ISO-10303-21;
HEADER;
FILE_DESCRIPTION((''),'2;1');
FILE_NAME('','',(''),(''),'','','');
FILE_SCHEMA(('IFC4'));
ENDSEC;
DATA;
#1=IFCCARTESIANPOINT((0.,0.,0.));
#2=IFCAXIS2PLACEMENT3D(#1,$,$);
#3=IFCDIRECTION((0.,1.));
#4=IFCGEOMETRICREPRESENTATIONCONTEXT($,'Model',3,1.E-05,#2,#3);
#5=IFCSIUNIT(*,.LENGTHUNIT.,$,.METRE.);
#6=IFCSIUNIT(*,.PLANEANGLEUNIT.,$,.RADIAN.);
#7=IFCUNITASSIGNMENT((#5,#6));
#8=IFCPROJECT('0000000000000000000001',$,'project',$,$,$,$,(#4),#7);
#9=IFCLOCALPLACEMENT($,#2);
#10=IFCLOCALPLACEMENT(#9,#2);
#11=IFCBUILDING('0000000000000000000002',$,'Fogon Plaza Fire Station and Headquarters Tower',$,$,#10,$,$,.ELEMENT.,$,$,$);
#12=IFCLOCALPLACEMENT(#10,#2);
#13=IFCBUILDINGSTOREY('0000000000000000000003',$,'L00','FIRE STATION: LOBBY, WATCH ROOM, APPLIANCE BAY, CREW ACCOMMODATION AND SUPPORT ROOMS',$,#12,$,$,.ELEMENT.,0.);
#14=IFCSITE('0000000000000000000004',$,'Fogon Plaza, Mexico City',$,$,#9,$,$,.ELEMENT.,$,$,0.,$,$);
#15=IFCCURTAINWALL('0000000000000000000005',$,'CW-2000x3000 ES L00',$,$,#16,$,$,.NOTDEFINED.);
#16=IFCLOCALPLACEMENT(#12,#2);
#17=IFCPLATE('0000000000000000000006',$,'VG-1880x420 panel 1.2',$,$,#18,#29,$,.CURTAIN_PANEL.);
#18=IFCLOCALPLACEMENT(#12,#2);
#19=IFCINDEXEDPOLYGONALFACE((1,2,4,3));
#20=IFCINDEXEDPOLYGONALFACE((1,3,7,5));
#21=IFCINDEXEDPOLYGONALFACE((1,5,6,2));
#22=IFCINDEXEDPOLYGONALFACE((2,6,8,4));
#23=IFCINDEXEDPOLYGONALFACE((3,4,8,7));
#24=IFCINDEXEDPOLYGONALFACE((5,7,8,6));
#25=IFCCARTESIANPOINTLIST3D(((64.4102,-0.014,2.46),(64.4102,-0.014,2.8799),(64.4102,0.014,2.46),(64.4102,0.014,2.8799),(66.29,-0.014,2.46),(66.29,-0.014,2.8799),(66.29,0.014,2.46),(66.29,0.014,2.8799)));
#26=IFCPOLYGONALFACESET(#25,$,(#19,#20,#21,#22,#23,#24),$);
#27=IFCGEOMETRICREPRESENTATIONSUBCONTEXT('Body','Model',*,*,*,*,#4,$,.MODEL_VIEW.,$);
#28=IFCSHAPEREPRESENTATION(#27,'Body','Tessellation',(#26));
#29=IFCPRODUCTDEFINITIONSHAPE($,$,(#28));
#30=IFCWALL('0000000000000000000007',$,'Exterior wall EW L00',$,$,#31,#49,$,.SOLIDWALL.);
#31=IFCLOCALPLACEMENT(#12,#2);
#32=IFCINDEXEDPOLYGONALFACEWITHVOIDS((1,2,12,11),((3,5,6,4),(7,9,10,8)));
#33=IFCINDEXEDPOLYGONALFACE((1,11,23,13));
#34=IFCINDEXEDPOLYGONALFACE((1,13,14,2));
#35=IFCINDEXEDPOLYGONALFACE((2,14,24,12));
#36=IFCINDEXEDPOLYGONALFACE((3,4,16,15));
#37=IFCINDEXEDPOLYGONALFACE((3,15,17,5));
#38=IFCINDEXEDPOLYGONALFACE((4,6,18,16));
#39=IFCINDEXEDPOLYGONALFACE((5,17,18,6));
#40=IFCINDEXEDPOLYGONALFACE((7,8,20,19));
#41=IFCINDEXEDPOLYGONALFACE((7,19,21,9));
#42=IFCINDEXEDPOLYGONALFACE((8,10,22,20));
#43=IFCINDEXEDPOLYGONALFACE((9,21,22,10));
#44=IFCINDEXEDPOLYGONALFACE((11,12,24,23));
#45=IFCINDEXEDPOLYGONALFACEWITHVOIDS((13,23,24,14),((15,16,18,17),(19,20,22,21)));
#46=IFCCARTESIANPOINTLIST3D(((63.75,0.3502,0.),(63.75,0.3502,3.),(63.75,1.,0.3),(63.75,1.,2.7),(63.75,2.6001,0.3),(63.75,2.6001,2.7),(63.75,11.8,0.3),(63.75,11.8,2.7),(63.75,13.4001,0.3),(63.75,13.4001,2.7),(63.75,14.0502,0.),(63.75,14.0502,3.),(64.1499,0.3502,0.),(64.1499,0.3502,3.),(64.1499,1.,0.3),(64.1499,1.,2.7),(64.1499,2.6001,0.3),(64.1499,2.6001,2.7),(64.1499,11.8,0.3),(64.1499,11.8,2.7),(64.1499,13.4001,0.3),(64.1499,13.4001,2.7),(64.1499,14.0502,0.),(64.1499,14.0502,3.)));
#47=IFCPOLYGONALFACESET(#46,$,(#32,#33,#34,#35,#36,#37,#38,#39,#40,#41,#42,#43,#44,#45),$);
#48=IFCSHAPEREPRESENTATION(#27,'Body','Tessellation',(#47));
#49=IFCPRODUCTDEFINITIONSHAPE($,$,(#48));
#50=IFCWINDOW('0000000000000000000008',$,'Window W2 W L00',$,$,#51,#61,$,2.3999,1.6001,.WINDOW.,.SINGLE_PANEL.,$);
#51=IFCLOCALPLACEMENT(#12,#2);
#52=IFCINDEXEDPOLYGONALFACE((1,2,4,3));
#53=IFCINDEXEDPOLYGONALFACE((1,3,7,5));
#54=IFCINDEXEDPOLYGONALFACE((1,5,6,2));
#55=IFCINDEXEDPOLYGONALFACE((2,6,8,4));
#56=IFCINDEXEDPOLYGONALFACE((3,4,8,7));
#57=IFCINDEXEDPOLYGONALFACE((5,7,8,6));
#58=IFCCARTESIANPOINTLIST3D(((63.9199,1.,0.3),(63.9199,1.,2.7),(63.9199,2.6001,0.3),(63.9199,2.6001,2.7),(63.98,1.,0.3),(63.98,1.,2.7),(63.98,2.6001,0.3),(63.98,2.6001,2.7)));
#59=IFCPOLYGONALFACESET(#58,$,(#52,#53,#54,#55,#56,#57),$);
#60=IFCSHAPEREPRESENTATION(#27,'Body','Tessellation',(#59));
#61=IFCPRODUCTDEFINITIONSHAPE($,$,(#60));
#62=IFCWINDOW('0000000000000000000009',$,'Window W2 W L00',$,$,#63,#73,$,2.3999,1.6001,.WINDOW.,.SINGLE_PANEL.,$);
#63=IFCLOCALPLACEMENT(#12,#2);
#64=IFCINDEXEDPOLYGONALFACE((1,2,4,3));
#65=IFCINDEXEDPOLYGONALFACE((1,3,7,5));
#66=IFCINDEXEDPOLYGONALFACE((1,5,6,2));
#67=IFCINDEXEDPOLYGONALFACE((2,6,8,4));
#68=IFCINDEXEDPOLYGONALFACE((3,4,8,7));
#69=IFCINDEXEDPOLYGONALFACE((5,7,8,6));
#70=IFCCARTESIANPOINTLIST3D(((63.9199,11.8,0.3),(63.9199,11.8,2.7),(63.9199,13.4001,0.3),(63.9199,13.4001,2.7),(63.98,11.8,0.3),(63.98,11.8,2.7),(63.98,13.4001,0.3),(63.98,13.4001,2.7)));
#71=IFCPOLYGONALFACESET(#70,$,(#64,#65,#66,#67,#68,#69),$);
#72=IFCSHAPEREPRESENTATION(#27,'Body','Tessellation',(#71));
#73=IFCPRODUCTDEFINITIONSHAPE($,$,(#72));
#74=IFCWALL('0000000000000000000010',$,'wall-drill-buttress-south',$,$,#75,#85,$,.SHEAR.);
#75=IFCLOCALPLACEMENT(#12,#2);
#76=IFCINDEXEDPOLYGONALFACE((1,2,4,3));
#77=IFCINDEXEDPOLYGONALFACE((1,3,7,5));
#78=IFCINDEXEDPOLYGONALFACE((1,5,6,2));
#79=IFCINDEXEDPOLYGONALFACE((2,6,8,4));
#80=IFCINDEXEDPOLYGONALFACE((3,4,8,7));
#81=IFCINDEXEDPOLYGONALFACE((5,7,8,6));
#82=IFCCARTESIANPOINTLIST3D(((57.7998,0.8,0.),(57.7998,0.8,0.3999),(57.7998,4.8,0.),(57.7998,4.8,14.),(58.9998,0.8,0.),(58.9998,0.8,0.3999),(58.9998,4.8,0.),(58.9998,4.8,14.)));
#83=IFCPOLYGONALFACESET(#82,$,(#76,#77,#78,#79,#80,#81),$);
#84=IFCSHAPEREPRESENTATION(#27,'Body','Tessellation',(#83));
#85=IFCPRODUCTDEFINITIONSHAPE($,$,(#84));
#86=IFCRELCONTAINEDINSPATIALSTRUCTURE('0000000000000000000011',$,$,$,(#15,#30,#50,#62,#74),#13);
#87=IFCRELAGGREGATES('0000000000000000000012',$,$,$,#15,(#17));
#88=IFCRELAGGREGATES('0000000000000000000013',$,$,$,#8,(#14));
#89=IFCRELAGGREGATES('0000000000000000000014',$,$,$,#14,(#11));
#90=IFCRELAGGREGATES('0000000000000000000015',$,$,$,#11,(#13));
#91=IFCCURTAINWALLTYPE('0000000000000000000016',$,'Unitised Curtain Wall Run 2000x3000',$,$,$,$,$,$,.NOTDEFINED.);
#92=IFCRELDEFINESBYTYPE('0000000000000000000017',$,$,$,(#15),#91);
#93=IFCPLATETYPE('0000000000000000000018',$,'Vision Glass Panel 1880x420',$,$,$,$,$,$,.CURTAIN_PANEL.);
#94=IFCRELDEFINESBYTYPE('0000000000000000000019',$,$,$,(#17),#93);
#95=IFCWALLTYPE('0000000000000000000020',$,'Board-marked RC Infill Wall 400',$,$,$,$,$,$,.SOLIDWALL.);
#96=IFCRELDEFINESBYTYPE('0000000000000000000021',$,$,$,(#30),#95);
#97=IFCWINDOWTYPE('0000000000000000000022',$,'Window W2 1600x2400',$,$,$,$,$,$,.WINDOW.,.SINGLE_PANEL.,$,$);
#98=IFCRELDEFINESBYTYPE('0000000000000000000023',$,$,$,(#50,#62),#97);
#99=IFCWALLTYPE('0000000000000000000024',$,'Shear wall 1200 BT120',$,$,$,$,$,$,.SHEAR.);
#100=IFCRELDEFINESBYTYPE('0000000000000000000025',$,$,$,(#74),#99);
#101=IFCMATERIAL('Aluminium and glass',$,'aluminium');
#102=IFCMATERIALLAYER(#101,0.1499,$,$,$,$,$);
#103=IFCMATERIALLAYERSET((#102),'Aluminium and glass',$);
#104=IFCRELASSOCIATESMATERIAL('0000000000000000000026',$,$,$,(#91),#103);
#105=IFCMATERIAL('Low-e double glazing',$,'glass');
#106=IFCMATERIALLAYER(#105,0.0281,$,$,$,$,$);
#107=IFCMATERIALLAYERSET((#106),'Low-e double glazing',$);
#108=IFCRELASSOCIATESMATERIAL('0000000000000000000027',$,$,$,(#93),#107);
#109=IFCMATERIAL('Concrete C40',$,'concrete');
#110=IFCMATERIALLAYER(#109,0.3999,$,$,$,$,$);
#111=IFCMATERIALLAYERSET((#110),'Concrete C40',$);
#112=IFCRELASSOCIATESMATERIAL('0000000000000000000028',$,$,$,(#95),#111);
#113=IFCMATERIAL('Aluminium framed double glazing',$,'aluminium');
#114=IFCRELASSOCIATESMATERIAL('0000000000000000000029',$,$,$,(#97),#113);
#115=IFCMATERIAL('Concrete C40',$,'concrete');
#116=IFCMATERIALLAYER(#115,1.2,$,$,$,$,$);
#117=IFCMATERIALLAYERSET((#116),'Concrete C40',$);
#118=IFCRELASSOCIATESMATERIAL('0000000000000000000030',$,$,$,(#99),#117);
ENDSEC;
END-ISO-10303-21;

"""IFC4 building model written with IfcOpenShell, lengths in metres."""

from ifc_helpers import new_model, si_unit, direction, frame, frame_2d, origin, origin_2d, place, context, subcontext, project, spatial, polyline, rectangle, outline, extrude, material, layer, layer_set, type_object, element, fill, aggregate, save


model = new_model("IFC4")

# Units and contexts
model_context = context("Model", 3, precision=1e-05, world=origin(), true_north=direction((0.0, 1.0)))
body_context = subcontext(model_context, "Body", "Model", "MODEL_VIEW")
ifc_project = project(units=[si_unit("LENGTHUNIT", "METRE"), si_unit("PLANEANGLEUNIT", "RADIAN")], contexts=[model_context])

# Site, building, storey
site_placement = place(None, origin())
site = spatial("IfcSite", under=ifc_project, at=site_placement, Name="Fogon Plaza, Mexico City", CompositionType="ELEMENT", RefElevation=0.0)
building_placement = place(site_placement, origin())
building = spatial("IfcBuilding", under=site, at=building_placement, Name="Fogon Plaza Fire Station and Headquarters Tower", CompositionType="ELEMENT")
storey_placement = place(building_placement, origin())
storey = spatial("IfcBuildingStorey", under=building, at=storey_placement, Name="L00", Description="FIRE STATION: LOBBY, WATCH ROOM, APPLIANCE BAY, CREW ACCOMMODATION AND SUPPORT ROOMS", CompositionType="ELEMENT", Elevation=0.0)

# Curtain wall
ifc_material_1 = material(Name="Aluminium and glass", Category="aluminium")
ifc_layer_1 = layer(ifc_material_1, 0.1499)
ifc_layer_set_1 = layer_set([ifc_layer_1], Name="Aluminium and glass")
curtain_wall_type_1 = type_object("IfcCurtainWallType", Name="Unitised Curtain Wall Run 2000x3000", PredefinedType="NOTDEFINED", material=ifc_layer_set_1)
curtain_wall_1_placement = place(storey_placement, origin())
curtain_wall_1 = element("IfcCurtainWall", 1, at=curtain_wall_1_placement, inside=storey, type_object=curtain_wall_type_1, Name="CW-2000x3000 ES L00", PredefinedType="NOTDEFINED")

# Plate
ifc_material_2 = material(Name="Low-e double glazing", Category="glass")
ifc_layer_2 = layer(ifc_material_2, 0.0281)
ifc_layer_set_2 = layer_set([ifc_layer_2], Name="Low-e double glazing")
plate_type_1 = type_object("IfcPlateType", Name="Vision Glass Panel 1880x420", PredefinedType="CURTAIN_PANEL", material=ifc_layer_set_2)
plate_1_placement = place(storey_placement, frame((65.3501, 0.0, 2.46), z_axis=(0.0, 0.0, 1.0), x_axis=(1.0, 0.0, 0.0)))
plate_1 = element("IfcPlate", 2, at=plate_1_placement, type_object=plate_type_1, Name="VG-1880x420 panel 1.2", PredefinedType="CURTAIN_PANEL", context=body_context, shape_type="SweptSolid", body=[
    extrude(rectangle(XDim=1.8799, YDim=0.0281, at=origin_2d()), origin(), (0.0, 0.0, 1.0), 0.4199),
])
aggregate(curtain_wall_1, [plate_1])

# Wall, openings, windows
ifc_material_3 = material(Name="Concrete C40", Category="concrete")
ifc_layer_3 = layer(ifc_material_3, 0.3999)
ifc_layer_set_3 = layer_set([ifc_layer_3], Name="Concrete C40")
wall_type_1 = type_object("IfcWallType", Name="Board-marked RC Infill Wall 400", PredefinedType="SOLIDWALL", material=ifc_layer_set_3)
wall_1_placement = place(storey_placement, frame((63.95, 0.3501, 0.0), z_axis=(0.0, 0.0, 1.0), x_axis=(0.0, 1.0, 0.0)))
wall_1 = element("IfcWall", 3, at=wall_1_placement, inside=storey, type_object=wall_type_1, Name="Exterior wall EW L00", PredefinedType="SOLIDWALL", context=body_context, shape_type="SweptSolid", body=[
    extrude(rectangle(XDim=13.7, YDim=0.3999, at=frame_2d((6.8501, 0.0))), origin(), (0.0, 0.0, 1.0), 3.0),
])
opening_1_placement = place(wall_1_placement, frame((0.6499, 0.0, 0.3)))
opening_1 = element("IfcOpeningElement", 4, at=opening_1_placement, cuts=wall_1, PredefinedType="OPENING", context=body_context, shape_type="SweptSolid", body=[
    extrude(rectangle(XDim=1.6001, YDim=2.3999, at=frame_2d((0.8, 1.2))), frame((0.0, 0.21, 0.0), z_axis=(0.0, -1.0, 0.0), x_axis=(1.0, 0.0, 0.0)), (0.0, 0.0, 1.0), 0.4199),
])
opening_2_placement = place(wall_1_placement, frame((11.45, 0.0, 0.3)))
opening_2 = element("IfcOpeningElement", 5, at=opening_2_placement, cuts=wall_1, PredefinedType="OPENING", context=body_context, shape_type="SweptSolid", body=[
    extrude(rectangle(XDim=1.6001, YDim=2.3999, at=frame_2d((0.8, 1.2))), frame((0.0, 0.21, 0.0), z_axis=(0.0, -1.0, 0.0), x_axis=(1.0, 0.0, 0.0)), (0.0, 0.0, 1.0), 0.4199),
])
ifc_material_4 = material(Name="Aluminium framed double glazing", Category="aluminium")
window_type = type_object("IfcWindowType", Name="Window W2 1600x2400", PartitioningType="SINGLE_PANEL", PredefinedType="WINDOW", material=ifc_material_4)
window_1_placement = place(opening_1_placement, origin())
window_1 = element("IfcWindow", 6, at=window_1_placement, inside=storey, type_object=window_type, Name="Window W2 W L00", OverallHeight=2.3999, OverallWidth=1.6001, PartitioningType="SINGLE_PANEL", PredefinedType="WINDOW", context=body_context, shape_type="SweptSolid", body=[
    extrude(rectangle(XDim=1.6001, YDim=2.3999, at=frame_2d((0.8, 1.2))), frame((0.0, 0.03, 0.0), z_axis=(0.0, -1.0, 0.0), x_axis=(1.0, 0.0, 0.0)), (0.0, 0.0, 1.0), 0.0601),
])
fill(opening_1, window_1)
window_2_placement = place(opening_2_placement, origin())
window_2 = element("IfcWindow", 7, at=window_2_placement, inside=storey, type_object=window_type, Name="Window W2 W L00", OverallHeight=2.3999, OverallWidth=1.6001, PartitioningType="SINGLE_PANEL", PredefinedType="WINDOW", context=body_context, shape_type="SweptSolid", body=[
    extrude(rectangle(XDim=1.6001, YDim=2.3999, at=frame_2d((0.8, 1.2))), frame((0.0, 0.03, 0.0), z_axis=(0.0, -1.0, 0.0), x_axis=(1.0, 0.0, 0.0)), (0.0, 0.0, 1.0), 0.0601),
])
fill(opening_2, window_2)

# Wall
ifc_material_5 = material(Name="Concrete C40", Category="concrete")
ifc_layer_4 = layer(ifc_material_5, 1.2)
ifc_layer_set_4 = layer_set([ifc_layer_4], Name="Concrete C40")
wall_type_2 = type_object("IfcWallType", Name="Shear wall 1200 BT120", PredefinedType="SHEAR", material=ifc_layer_set_4)
wall_2_placement = place(storey_placement, frame((58.3999, 0.8, 0.0), z_axis=(0.0, 0.0, 1.0), x_axis=(0.0, 1.0, 0.0)))
element("IfcWall", 8, at=wall_2_placement, inside=storey, type_object=wall_type_2, Name="wall-drill-buttress-south", PredefinedType="SHEAR", context=body_context, shape_type="SweptSolid", body=[
    extrude(outline(polyline([(0.0, 0.0), (4.0, 0.0), (4.0, 14.0), (0.0, 0.3999), (0.0, 0.0)])), frame((0.0, 0.6001, 0.0), z_axis=(0.0, -1.0, 0.0), x_axis=(1.0, 0.0, 0.0)), (0.0, 0.0, 1.0), 1.2),
])

save(model, "model.ifc")
